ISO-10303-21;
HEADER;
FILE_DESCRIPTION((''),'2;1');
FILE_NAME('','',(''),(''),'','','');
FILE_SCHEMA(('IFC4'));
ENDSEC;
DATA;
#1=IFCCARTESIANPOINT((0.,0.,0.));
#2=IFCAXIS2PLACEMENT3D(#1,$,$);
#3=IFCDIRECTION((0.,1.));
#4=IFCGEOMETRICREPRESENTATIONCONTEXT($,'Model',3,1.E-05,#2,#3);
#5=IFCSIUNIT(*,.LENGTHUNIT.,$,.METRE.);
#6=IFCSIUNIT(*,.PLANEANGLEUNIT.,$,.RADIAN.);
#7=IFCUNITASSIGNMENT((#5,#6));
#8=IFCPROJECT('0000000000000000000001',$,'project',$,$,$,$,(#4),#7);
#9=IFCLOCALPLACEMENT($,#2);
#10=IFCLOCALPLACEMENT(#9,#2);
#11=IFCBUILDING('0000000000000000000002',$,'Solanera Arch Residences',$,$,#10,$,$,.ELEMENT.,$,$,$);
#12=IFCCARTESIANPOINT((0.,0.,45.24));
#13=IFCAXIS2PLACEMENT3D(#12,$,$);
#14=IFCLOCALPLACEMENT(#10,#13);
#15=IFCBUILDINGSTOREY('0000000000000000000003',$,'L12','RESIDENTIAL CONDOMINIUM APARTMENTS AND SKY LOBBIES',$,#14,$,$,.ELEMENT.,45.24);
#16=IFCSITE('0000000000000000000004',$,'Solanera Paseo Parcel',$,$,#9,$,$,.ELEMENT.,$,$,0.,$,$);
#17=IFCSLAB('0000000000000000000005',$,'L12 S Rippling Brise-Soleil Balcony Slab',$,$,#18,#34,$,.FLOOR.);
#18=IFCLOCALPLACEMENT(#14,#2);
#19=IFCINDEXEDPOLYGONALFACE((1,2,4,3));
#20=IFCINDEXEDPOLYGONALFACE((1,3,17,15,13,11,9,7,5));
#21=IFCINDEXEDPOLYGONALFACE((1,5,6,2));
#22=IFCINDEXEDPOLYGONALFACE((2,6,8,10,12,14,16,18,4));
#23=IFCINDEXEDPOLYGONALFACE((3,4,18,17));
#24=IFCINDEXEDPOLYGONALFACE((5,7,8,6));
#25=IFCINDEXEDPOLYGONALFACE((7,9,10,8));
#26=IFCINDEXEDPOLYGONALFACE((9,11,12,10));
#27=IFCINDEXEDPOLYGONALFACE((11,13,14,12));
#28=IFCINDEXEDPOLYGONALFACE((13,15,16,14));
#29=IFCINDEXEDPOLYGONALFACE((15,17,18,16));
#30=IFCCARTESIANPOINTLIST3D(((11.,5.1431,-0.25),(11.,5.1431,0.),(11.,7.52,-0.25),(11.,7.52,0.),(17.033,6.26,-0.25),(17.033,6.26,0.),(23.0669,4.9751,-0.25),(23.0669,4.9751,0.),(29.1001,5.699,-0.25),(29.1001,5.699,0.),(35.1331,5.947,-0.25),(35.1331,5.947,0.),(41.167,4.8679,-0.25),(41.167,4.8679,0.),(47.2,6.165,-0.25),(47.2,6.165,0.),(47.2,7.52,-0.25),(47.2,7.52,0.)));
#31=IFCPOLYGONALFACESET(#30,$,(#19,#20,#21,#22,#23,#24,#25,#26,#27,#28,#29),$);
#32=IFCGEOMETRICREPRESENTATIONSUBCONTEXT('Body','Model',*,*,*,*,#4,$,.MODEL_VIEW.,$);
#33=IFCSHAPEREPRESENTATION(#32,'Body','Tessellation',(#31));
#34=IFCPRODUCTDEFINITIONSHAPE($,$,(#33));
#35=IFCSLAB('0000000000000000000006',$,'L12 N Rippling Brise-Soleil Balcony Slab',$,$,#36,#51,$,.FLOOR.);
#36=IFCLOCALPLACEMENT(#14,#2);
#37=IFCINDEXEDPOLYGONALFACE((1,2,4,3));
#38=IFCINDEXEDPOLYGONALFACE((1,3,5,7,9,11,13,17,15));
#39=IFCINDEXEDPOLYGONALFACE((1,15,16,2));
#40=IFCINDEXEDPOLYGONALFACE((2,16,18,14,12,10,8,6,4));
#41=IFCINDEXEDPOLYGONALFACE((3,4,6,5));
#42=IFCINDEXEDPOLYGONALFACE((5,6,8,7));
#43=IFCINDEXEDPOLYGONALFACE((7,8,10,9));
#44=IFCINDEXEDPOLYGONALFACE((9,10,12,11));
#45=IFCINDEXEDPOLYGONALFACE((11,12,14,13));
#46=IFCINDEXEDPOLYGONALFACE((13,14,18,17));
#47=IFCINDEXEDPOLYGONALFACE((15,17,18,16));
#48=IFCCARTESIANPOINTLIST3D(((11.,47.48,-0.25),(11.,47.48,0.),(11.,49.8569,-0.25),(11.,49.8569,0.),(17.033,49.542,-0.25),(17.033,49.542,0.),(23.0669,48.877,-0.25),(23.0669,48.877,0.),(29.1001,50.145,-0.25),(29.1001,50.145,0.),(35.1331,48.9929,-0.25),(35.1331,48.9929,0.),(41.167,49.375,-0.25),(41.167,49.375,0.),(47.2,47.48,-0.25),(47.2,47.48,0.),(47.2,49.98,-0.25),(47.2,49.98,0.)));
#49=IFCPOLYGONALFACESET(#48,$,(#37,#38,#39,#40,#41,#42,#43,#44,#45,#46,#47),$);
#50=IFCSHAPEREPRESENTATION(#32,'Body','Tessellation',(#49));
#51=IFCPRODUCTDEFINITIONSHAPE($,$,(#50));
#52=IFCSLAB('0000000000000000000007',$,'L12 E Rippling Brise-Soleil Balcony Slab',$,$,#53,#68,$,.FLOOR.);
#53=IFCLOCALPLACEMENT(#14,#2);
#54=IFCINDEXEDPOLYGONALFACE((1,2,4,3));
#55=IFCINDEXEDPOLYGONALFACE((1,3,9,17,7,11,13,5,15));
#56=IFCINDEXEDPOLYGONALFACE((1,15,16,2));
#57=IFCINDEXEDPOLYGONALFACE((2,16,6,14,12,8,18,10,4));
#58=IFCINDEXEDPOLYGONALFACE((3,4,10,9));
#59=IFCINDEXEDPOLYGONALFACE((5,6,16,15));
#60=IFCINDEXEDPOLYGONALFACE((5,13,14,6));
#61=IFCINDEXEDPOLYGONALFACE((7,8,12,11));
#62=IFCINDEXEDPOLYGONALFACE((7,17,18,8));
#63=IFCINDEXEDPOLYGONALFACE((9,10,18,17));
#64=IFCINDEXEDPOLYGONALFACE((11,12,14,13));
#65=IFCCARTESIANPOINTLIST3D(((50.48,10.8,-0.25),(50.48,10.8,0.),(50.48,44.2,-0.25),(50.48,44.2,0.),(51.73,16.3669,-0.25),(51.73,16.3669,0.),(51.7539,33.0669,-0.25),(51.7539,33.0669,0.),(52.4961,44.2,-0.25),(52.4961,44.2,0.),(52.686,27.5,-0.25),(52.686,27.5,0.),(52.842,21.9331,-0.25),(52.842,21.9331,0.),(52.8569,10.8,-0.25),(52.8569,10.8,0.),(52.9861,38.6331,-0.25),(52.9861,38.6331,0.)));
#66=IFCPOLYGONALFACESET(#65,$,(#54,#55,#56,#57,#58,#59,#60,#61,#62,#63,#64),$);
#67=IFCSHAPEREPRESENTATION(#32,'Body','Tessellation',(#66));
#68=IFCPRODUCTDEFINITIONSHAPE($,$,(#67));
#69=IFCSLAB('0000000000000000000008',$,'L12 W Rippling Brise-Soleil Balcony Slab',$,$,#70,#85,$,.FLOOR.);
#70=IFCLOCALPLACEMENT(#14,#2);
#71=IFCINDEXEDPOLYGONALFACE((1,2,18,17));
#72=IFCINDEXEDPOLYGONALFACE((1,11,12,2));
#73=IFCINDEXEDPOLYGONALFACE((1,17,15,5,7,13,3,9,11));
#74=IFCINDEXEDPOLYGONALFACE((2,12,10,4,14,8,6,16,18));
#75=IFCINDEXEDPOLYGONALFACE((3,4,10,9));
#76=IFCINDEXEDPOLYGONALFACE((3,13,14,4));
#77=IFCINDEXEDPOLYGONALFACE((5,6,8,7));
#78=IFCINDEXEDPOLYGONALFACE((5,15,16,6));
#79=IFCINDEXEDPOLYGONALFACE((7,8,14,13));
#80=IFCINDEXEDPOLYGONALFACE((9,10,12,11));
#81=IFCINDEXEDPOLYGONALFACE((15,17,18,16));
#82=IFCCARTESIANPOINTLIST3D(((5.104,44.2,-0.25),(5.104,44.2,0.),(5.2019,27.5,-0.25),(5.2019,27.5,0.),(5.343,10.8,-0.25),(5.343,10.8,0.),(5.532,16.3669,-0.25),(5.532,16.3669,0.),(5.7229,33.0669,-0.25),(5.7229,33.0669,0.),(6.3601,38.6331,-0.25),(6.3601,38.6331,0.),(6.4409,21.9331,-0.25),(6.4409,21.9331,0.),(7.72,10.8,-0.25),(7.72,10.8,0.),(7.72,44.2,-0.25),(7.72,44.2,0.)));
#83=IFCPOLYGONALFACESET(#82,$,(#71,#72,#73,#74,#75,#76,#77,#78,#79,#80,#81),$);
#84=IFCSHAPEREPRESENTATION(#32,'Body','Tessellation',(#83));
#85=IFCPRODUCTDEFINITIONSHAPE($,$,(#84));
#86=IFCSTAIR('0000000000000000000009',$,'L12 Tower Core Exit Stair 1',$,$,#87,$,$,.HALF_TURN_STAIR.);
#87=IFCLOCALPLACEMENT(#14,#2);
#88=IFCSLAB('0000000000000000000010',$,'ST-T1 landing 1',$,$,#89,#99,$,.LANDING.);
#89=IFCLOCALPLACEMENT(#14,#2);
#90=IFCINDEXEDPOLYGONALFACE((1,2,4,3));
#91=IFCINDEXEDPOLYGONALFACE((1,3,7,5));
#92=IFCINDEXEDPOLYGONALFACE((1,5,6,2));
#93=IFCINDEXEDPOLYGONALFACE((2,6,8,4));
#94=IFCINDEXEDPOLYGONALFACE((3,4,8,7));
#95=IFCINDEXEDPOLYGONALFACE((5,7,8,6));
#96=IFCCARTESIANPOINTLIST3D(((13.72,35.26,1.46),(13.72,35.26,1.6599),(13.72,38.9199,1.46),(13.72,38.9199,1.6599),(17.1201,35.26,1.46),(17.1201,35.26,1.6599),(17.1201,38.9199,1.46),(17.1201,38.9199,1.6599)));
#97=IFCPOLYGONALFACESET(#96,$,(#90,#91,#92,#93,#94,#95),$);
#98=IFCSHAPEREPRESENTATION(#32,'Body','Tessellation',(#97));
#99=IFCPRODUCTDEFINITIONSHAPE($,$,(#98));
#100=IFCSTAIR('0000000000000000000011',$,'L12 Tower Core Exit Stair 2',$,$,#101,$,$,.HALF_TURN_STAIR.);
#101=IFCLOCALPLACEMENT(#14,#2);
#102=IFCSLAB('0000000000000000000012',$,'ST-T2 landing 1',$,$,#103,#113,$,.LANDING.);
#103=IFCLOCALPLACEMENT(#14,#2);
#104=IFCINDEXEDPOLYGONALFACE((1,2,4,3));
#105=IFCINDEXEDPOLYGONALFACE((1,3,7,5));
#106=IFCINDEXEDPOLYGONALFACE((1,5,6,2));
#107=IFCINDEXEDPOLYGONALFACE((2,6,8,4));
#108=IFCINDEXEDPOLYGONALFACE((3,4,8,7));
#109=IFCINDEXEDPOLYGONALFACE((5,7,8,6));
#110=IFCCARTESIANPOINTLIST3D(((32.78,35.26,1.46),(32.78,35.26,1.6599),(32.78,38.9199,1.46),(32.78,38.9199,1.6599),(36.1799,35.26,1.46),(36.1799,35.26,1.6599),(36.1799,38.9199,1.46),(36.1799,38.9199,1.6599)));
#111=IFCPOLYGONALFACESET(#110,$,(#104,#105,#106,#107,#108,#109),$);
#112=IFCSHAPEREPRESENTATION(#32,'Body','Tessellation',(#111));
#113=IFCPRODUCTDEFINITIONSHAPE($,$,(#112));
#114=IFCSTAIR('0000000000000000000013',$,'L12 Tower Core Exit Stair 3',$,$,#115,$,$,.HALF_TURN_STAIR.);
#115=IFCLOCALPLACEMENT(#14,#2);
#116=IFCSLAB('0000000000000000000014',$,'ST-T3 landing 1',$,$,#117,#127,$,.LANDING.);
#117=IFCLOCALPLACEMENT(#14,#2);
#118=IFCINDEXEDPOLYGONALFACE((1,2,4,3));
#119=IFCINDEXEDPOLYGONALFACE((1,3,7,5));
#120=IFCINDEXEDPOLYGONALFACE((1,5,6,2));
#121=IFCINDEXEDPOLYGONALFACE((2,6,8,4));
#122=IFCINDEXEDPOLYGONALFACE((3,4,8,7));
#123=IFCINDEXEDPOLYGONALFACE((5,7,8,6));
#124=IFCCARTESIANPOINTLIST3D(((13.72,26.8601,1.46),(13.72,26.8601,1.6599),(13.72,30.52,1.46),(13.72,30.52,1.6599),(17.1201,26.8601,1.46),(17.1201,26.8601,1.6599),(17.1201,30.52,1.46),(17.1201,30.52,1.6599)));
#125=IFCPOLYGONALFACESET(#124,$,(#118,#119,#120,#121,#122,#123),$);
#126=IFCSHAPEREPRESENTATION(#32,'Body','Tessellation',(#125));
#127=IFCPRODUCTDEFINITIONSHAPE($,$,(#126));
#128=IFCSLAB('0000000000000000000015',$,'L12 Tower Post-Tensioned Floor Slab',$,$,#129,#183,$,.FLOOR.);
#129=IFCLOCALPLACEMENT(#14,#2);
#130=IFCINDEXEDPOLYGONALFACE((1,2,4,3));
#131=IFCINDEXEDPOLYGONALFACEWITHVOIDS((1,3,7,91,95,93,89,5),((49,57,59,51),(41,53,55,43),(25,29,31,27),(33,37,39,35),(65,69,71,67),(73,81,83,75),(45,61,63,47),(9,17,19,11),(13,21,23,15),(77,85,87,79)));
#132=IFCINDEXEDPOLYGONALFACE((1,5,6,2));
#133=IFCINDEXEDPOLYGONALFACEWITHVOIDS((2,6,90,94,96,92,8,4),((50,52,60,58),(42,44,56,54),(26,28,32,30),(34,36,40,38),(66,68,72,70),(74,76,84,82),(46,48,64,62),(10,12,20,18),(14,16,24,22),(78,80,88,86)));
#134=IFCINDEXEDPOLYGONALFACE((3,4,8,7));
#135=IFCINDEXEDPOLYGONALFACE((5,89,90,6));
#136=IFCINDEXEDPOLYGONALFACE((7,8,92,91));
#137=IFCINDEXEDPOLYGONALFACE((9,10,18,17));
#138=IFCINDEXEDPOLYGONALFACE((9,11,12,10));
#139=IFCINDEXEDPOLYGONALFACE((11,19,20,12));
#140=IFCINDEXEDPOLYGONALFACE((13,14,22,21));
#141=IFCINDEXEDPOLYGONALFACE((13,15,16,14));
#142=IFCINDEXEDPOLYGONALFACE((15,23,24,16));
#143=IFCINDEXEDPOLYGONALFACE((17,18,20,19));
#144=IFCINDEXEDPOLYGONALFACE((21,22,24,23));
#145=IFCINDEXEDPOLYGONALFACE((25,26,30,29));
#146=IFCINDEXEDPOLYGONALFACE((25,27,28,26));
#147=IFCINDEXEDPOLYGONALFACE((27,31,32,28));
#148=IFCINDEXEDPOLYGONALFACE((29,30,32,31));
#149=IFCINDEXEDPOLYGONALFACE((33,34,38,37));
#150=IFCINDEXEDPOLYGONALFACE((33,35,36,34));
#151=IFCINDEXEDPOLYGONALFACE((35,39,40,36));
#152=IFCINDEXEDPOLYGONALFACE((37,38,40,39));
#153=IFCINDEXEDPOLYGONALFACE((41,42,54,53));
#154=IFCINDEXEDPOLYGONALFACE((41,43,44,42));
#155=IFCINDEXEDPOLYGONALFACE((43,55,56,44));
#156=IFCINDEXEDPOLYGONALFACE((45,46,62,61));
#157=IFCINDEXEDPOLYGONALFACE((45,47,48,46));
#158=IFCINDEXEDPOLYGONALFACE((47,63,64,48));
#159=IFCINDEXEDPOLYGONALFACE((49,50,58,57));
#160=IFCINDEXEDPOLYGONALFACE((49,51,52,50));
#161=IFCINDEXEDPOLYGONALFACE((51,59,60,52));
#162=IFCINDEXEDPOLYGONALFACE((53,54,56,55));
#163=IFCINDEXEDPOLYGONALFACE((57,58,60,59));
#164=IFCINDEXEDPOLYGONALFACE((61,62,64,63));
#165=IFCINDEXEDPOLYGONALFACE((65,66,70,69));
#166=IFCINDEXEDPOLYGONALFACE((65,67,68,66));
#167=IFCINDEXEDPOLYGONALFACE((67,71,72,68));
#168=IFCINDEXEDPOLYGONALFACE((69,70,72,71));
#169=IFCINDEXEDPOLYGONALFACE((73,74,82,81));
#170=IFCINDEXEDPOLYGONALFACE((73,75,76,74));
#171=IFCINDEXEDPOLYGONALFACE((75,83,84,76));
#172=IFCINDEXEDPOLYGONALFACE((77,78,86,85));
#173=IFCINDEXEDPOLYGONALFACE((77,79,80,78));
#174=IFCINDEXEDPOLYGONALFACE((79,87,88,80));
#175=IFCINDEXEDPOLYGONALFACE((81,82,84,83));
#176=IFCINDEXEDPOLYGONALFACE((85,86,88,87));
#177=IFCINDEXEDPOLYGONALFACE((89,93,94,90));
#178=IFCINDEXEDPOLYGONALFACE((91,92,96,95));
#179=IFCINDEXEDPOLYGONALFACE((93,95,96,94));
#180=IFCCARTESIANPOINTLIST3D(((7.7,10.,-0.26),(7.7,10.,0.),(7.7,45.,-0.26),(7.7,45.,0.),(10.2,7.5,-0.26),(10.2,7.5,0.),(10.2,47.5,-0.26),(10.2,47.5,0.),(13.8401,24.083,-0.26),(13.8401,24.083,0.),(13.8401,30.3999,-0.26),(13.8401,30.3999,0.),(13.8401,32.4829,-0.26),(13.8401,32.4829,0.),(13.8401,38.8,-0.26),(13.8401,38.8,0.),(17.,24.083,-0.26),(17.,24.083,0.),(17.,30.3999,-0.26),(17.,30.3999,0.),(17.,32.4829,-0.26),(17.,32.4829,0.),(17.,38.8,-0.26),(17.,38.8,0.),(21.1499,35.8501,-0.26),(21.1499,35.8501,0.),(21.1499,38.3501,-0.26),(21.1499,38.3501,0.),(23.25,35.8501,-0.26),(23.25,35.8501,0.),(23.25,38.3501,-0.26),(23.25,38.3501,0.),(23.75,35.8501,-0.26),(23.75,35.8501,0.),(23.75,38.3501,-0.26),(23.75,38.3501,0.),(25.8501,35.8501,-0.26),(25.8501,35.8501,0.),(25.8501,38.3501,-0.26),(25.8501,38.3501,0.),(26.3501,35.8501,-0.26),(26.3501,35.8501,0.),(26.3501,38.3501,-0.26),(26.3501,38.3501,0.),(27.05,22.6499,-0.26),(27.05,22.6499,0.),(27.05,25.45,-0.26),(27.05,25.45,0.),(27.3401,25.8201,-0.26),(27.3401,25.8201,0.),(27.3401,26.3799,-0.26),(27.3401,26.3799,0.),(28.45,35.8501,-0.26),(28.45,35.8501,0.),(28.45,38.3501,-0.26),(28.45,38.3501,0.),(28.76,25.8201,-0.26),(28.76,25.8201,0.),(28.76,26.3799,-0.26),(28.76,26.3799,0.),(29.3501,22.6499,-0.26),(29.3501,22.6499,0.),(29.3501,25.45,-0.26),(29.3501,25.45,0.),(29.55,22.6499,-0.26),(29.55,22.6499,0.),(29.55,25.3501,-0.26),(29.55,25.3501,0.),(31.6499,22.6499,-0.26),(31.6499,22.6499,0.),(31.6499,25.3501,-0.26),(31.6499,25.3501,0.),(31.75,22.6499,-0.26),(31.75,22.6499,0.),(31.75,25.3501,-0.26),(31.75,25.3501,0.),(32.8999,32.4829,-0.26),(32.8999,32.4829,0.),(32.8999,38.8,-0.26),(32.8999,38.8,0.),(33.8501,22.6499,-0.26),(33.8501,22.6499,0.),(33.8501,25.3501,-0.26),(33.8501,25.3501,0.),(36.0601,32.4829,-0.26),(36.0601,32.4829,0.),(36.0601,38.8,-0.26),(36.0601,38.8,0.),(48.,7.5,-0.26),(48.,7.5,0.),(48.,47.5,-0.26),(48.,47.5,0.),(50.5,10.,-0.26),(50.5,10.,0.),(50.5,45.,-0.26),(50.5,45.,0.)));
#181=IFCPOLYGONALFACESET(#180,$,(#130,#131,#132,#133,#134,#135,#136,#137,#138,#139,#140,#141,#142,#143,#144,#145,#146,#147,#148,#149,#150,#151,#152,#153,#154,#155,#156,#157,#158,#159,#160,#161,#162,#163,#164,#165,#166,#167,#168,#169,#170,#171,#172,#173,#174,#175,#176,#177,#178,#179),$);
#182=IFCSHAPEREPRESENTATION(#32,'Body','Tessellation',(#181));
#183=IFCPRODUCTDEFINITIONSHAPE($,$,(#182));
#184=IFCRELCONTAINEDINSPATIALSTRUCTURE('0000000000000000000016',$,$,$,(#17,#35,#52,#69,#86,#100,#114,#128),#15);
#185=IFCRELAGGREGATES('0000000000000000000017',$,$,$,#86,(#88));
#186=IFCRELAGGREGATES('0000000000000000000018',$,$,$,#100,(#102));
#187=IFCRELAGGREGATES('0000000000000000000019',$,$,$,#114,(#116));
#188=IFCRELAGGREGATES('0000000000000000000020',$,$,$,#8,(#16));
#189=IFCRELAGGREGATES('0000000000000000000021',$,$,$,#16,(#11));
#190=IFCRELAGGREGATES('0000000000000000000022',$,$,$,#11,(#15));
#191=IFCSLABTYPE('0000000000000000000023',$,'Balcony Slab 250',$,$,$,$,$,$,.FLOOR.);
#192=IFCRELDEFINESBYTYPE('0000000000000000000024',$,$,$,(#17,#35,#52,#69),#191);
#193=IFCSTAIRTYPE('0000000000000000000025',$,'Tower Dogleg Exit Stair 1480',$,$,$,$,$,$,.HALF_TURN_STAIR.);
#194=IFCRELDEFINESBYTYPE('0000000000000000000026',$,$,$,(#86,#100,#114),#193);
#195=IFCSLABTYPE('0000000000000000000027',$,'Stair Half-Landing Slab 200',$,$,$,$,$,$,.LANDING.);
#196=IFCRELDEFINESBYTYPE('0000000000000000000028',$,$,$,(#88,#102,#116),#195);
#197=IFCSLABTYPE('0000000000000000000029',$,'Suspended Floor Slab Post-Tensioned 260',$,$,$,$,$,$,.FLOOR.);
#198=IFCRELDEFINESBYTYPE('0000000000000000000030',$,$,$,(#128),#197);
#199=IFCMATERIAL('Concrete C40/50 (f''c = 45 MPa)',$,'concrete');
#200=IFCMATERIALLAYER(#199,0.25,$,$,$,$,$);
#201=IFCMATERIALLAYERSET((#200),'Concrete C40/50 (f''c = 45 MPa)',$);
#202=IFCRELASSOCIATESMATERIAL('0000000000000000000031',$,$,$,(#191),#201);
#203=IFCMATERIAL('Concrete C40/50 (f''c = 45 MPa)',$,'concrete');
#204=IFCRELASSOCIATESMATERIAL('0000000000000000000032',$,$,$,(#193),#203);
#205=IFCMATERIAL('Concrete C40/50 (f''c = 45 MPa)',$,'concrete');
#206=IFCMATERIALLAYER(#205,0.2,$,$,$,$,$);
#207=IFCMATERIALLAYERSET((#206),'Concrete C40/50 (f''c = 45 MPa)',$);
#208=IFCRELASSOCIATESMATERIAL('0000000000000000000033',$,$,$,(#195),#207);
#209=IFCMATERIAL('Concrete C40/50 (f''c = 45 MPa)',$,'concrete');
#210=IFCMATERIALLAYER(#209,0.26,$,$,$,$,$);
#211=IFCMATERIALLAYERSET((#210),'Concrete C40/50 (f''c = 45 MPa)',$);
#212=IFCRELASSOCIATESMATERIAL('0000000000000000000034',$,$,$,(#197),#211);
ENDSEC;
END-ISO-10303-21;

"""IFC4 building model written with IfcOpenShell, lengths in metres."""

from ifc_helpers import new_model, si_unit, direction, frame, origin, place, context, subcontext, project, spatial, polyline, outline, extrude, material, layer, layer_set, type_object, element, aggregate, save


model = new_model("IFC4")

# Units and contexts
model_context = context("Model", 3, precision=1e-05, world=origin(), true_north=direction((0.0, 1.0)))
body_context = subcontext(model_context, "Body", "Model", "MODEL_VIEW")
ifc_project = project(units=[si_unit("LENGTHUNIT", "METRE"), si_unit("PLANEANGLEUNIT", "RADIAN")], contexts=[model_context])

# Site, building, storey
site_placement = place(None, origin())
site = spatial("IfcSite", under=ifc_project, at=site_placement, Name="Solanera Paseo Parcel", CompositionType="ELEMENT", RefElevation=0.0)
building_placement = place(site_placement, origin())
building = spatial("IfcBuilding", under=site, at=building_placement, Name="Solanera Arch Residences", CompositionType="ELEMENT")
storey_placement = place(building_placement, frame((0.0, 0.0, 45.24)))
storey = spatial("IfcBuildingStorey", under=building, at=storey_placement, Name="L12", Description="RESIDENTIAL CONDOMINIUM APARTMENTS AND SKY LOBBIES", CompositionType="ELEMENT", Elevation=45.24)

# Slabs
ifc_material_1 = material(Name="Concrete C40/50 (f'c = 45 MPa)", Category="concrete")
ifc_layer_1 = layer(ifc_material_1, 0.25)
ifc_layer_set_1 = layer_set([ifc_layer_1], Name="Concrete C40/50 (f'c = 45 MPa)")
slab_type_1 = type_object("IfcSlabType", Name="Balcony Slab 250", PredefinedType="FLOOR", material=ifc_layer_set_1)
slab_1_placement = place(storey_placement, frame((0.0, 0.0, -0.25)))
element("IfcSlab", 1, at=slab_1_placement, inside=storey, type_object=slab_type_1, Name="L12 S Rippling Brise-Soleil Balcony Slab", PredefinedType="FLOOR", context=body_context, shape_type="SweptSolid", body=[
    extrude(outline(polyline([(11.0, 5.1431), (17.033, 6.26), (23.0669, 4.9751), (29.1001, 5.699), (35.1331, 5.947), (41.167, 4.8679), (47.2, 6.165), (47.2, 7.52), (11.0, 7.52), (11.0, 5.1431)])), origin(), (0.0, 0.0, 1.0), 0.25),
])
slab_2_placement = place(storey_placement, frame((0.0, 0.0, -0.25)))
element("IfcSlab", 2, at=slab_2_placement, inside=storey, type_object=slab_type_1, Name="L12 N Rippling Brise-Soleil Balcony Slab", PredefinedType="FLOOR", context=body_context, shape_type="SweptSolid", body=[
    extrude(outline(polyline([(47.2, 49.98), (41.167, 49.375), (35.1331, 48.9929), (29.1001, 50.145), (23.0669, 48.877), (17.033, 49.542), (11.0, 49.8569), (11.0, 47.48), (47.2, 47.48), (47.2, 49.98)])), origin(), (0.0, 0.0, 1.0), 0.25),
])
slab_3_placement = place(storey_placement, frame((0.0, 0.0, -0.25)))
element("IfcSlab", 3, at=slab_3_placement, inside=storey, type_object=slab_type_1, Name="L12 E Rippling Brise-Soleil Balcony Slab", PredefinedType="FLOOR", context=body_context, shape_type="SweptSolid", body=[
    extrude(outline(polyline([(52.8569, 10.8), (51.73, 16.3669), (52.842, 21.9331), (52.686, 27.5), (51.7539, 33.0669), (52.9861, 38.6331), (52.4961, 44.2), (50.48, 44.2), (50.48, 10.8), (52.8569, 10.8)])), origin(), (0.0, 0.0, 1.0), 0.25),
])
slab_4_placement = place(storey_placement, frame((0.0, 0.0, -0.25)))
element("IfcSlab", 4, at=slab_4_placement, inside=storey, type_object=slab_type_1, Name="L12 W Rippling Brise-Soleil Balcony Slab", PredefinedType="FLOOR", context=body_context, shape_type="SweptSolid", body=[
    extrude(outline(polyline([(5.104, 44.2), (6.3601, 38.6331), (5.7229, 33.0669), (5.2019, 27.5), (6.4409, 21.9331), (5.532, 16.3669), (5.343, 10.8), (7.72, 10.8), (7.72, 44.2), (5.104, 44.2)])), origin(), (0.0, 0.0, 1.0), 0.25),
])

# Stairs, slabs
ifc_material_2 = material(Name="Concrete C40/50 (f'c = 45 MPa)", Category="concrete")
stair_type = type_object("IfcStairType", Name="Tower Dogleg Exit Stair 1480", PredefinedType="HALF_TURN_STAIR", material=ifc_material_2)
stair_1_placement = place(storey_placement, origin())
stair_1 = element("IfcStair", 5, at=stair_1_placement, inside=storey, type_object=stair_type, Name="L12 Tower Core Exit Stair 1", PredefinedType="HALF_TURN_STAIR")
ifc_material_3 = material(Name="Concrete C40/50 (f'c = 45 MPa)", Category="concrete")
ifc_layer_2 = layer(ifc_material_3, 0.2)
ifc_layer_set_2 = layer_set([ifc_layer_2], Name="Concrete C40/50 (f'c = 45 MPa)")
slab_type_2 = type_object("IfcSlabType", Name="Stair Half-Landing Slab 200", PredefinedType="LANDING", material=ifc_layer_set_2)
slab_5_placement = place(storey_placement, frame((0.0, 0.0, 1.46)))
slab_5 = element("IfcSlab", 6, at=slab_5_placement, type_object=slab_type_2, Name="ST-T1 landing 1", PredefinedType="LANDING", context=body_context, shape_type="SweptSolid", body=[
    extrude(outline(polyline([(17.1201, 35.26), (17.1201, 38.9199), (13.72, 38.9199), (13.72, 35.26), (17.1201, 35.26)])), origin(), (0.0, 0.0, 1.0), 0.2),
])
aggregate(stair_1, [slab_5])
stair_2_placement = place(storey_placement, origin())
stair_2 = element("IfcStair", 7, at=stair_2_placement, inside=storey, type_object=stair_type, Name="L12 Tower Core Exit Stair 2", PredefinedType="HALF_TURN_STAIR")
slab_6_placement = place(storey_placement, frame((0.0, 0.0, 1.46)))
slab_6 = element("IfcSlab", 8, at=slab_6_placement, type_object=slab_type_2, Name="ST-T2 landing 1", PredefinedType="LANDING", context=body_context, shape_type="SweptSolid", body=[
    extrude(outline(polyline([(36.1799, 35.26), (36.1799, 38.9199), (32.78, 38.9199), (32.78, 35.26), (36.1799, 35.26)])), origin(), (0.0, 0.0, 1.0), 0.2),
])
aggregate(stair_2, [slab_6])
stair_3_placement = place(storey_placement, origin())
stair_3 = element("IfcStair", 9, at=stair_3_placement, inside=storey, type_object=stair_type, Name="L12 Tower Core Exit Stair 3", PredefinedType="HALF_TURN_STAIR")
slab_7_placement = place(storey_placement, frame((0.0, 0.0, 1.46)))
slab_7 = element("IfcSlab", 10, at=slab_7_placement, type_object=slab_type_2, Name="ST-T3 landing 1", PredefinedType="LANDING", context=body_context, shape_type="SweptSolid", body=[
    extrude(outline(polyline([(17.1201, 26.8601), (17.1201, 30.52), (13.72, 30.52), (13.72, 26.8601), (17.1201, 26.8601)])), origin(), (0.0, 0.0, 1.0), 0.2),
])
aggregate(stair_3, [slab_7])

# Slab
ifc_material_4 = material(Name="Concrete C40/50 (f'c = 45 MPa)", Category="concrete")
ifc_layer_3 = layer(ifc_material_4, 0.26)
ifc_layer_set_3 = layer_set([ifc_layer_3], Name="Concrete C40/50 (f'c = 45 MPa)")
slab_type_3 = type_object("IfcSlabType", Name="Suspended Floor Slab Post-Tensioned 260", PredefinedType="FLOOR", material=ifc_layer_set_3)
slab_8_placement = place(storey_placement, frame((0.0, 0.0, -0.26)))
element("IfcSlab", 11, at=slab_8_placement, inside=storey, type_object=slab_type_3, Name="L12 Tower Post-Tensioned Floor Slab", PredefinedType="FLOOR", context=body_context, shape_type="SweptSolid", body=[
    extrude(outline(polyline([(10.2, 7.5), (48.0, 7.5), (50.5, 10.0), (50.5, 45.0), (48.0, 47.5), (10.2, 47.5), (7.7, 45.0), (7.7, 10.0), (10.2, 7.5)]), holes=[polyline([(13.8401, 32.4829), (13.8401, 38.8), (17.0, 38.8), (17.0, 32.4829), (13.8401, 32.4829)]), polyline([(32.8999, 32.4829), (32.8999, 38.8), (36.0601, 38.8), (36.0601, 32.4829), (32.8999, 32.4829)]), polyline([(13.8401, 24.083), (13.8401, 30.3999), (17.0, 30.3999), (17.0, 24.083), (13.8401, 24.083)]), polyline([(21.1499, 38.3501), (23.25, 38.3501), (23.25, 35.8501), (21.1499, 35.8501), (21.1499, 38.3501)]), polyline([(23.75, 38.3501), (25.8501, 38.3501), (25.8501, 35.8501), (23.75, 35.8501), (23.75, 38.3501)]), polyline([(26.3501, 38.3501), (28.45, 38.3501), (28.45, 35.8501), (26.3501, 35.8501), (26.3501, 38.3501)]), polyline([(29.55, 25.3501), (31.6499, 25.3501), (31.6499, 22.6499), (29.55, 22.6499), (29.55, 25.3501)]), polyline([(31.75, 25.3501), (33.8501, 25.3501), (33.8501, 22.6499), (31.75, 22.6499), (31.75, 25.3501)]), polyline([(27.05, 25.45), (29.3501, 25.45), (29.3501, 22.6499), (27.05, 22.6499), (27.05, 25.45)]), polyline([(27.3401, 26.3799), (28.76, 26.3799), (28.76, 25.8201), (27.3401, 25.8201), (27.3401, 26.3799)])]), origin(), (0.0, 0.0, 1.0), 0.26),
])

save(model, "model.ifc")
